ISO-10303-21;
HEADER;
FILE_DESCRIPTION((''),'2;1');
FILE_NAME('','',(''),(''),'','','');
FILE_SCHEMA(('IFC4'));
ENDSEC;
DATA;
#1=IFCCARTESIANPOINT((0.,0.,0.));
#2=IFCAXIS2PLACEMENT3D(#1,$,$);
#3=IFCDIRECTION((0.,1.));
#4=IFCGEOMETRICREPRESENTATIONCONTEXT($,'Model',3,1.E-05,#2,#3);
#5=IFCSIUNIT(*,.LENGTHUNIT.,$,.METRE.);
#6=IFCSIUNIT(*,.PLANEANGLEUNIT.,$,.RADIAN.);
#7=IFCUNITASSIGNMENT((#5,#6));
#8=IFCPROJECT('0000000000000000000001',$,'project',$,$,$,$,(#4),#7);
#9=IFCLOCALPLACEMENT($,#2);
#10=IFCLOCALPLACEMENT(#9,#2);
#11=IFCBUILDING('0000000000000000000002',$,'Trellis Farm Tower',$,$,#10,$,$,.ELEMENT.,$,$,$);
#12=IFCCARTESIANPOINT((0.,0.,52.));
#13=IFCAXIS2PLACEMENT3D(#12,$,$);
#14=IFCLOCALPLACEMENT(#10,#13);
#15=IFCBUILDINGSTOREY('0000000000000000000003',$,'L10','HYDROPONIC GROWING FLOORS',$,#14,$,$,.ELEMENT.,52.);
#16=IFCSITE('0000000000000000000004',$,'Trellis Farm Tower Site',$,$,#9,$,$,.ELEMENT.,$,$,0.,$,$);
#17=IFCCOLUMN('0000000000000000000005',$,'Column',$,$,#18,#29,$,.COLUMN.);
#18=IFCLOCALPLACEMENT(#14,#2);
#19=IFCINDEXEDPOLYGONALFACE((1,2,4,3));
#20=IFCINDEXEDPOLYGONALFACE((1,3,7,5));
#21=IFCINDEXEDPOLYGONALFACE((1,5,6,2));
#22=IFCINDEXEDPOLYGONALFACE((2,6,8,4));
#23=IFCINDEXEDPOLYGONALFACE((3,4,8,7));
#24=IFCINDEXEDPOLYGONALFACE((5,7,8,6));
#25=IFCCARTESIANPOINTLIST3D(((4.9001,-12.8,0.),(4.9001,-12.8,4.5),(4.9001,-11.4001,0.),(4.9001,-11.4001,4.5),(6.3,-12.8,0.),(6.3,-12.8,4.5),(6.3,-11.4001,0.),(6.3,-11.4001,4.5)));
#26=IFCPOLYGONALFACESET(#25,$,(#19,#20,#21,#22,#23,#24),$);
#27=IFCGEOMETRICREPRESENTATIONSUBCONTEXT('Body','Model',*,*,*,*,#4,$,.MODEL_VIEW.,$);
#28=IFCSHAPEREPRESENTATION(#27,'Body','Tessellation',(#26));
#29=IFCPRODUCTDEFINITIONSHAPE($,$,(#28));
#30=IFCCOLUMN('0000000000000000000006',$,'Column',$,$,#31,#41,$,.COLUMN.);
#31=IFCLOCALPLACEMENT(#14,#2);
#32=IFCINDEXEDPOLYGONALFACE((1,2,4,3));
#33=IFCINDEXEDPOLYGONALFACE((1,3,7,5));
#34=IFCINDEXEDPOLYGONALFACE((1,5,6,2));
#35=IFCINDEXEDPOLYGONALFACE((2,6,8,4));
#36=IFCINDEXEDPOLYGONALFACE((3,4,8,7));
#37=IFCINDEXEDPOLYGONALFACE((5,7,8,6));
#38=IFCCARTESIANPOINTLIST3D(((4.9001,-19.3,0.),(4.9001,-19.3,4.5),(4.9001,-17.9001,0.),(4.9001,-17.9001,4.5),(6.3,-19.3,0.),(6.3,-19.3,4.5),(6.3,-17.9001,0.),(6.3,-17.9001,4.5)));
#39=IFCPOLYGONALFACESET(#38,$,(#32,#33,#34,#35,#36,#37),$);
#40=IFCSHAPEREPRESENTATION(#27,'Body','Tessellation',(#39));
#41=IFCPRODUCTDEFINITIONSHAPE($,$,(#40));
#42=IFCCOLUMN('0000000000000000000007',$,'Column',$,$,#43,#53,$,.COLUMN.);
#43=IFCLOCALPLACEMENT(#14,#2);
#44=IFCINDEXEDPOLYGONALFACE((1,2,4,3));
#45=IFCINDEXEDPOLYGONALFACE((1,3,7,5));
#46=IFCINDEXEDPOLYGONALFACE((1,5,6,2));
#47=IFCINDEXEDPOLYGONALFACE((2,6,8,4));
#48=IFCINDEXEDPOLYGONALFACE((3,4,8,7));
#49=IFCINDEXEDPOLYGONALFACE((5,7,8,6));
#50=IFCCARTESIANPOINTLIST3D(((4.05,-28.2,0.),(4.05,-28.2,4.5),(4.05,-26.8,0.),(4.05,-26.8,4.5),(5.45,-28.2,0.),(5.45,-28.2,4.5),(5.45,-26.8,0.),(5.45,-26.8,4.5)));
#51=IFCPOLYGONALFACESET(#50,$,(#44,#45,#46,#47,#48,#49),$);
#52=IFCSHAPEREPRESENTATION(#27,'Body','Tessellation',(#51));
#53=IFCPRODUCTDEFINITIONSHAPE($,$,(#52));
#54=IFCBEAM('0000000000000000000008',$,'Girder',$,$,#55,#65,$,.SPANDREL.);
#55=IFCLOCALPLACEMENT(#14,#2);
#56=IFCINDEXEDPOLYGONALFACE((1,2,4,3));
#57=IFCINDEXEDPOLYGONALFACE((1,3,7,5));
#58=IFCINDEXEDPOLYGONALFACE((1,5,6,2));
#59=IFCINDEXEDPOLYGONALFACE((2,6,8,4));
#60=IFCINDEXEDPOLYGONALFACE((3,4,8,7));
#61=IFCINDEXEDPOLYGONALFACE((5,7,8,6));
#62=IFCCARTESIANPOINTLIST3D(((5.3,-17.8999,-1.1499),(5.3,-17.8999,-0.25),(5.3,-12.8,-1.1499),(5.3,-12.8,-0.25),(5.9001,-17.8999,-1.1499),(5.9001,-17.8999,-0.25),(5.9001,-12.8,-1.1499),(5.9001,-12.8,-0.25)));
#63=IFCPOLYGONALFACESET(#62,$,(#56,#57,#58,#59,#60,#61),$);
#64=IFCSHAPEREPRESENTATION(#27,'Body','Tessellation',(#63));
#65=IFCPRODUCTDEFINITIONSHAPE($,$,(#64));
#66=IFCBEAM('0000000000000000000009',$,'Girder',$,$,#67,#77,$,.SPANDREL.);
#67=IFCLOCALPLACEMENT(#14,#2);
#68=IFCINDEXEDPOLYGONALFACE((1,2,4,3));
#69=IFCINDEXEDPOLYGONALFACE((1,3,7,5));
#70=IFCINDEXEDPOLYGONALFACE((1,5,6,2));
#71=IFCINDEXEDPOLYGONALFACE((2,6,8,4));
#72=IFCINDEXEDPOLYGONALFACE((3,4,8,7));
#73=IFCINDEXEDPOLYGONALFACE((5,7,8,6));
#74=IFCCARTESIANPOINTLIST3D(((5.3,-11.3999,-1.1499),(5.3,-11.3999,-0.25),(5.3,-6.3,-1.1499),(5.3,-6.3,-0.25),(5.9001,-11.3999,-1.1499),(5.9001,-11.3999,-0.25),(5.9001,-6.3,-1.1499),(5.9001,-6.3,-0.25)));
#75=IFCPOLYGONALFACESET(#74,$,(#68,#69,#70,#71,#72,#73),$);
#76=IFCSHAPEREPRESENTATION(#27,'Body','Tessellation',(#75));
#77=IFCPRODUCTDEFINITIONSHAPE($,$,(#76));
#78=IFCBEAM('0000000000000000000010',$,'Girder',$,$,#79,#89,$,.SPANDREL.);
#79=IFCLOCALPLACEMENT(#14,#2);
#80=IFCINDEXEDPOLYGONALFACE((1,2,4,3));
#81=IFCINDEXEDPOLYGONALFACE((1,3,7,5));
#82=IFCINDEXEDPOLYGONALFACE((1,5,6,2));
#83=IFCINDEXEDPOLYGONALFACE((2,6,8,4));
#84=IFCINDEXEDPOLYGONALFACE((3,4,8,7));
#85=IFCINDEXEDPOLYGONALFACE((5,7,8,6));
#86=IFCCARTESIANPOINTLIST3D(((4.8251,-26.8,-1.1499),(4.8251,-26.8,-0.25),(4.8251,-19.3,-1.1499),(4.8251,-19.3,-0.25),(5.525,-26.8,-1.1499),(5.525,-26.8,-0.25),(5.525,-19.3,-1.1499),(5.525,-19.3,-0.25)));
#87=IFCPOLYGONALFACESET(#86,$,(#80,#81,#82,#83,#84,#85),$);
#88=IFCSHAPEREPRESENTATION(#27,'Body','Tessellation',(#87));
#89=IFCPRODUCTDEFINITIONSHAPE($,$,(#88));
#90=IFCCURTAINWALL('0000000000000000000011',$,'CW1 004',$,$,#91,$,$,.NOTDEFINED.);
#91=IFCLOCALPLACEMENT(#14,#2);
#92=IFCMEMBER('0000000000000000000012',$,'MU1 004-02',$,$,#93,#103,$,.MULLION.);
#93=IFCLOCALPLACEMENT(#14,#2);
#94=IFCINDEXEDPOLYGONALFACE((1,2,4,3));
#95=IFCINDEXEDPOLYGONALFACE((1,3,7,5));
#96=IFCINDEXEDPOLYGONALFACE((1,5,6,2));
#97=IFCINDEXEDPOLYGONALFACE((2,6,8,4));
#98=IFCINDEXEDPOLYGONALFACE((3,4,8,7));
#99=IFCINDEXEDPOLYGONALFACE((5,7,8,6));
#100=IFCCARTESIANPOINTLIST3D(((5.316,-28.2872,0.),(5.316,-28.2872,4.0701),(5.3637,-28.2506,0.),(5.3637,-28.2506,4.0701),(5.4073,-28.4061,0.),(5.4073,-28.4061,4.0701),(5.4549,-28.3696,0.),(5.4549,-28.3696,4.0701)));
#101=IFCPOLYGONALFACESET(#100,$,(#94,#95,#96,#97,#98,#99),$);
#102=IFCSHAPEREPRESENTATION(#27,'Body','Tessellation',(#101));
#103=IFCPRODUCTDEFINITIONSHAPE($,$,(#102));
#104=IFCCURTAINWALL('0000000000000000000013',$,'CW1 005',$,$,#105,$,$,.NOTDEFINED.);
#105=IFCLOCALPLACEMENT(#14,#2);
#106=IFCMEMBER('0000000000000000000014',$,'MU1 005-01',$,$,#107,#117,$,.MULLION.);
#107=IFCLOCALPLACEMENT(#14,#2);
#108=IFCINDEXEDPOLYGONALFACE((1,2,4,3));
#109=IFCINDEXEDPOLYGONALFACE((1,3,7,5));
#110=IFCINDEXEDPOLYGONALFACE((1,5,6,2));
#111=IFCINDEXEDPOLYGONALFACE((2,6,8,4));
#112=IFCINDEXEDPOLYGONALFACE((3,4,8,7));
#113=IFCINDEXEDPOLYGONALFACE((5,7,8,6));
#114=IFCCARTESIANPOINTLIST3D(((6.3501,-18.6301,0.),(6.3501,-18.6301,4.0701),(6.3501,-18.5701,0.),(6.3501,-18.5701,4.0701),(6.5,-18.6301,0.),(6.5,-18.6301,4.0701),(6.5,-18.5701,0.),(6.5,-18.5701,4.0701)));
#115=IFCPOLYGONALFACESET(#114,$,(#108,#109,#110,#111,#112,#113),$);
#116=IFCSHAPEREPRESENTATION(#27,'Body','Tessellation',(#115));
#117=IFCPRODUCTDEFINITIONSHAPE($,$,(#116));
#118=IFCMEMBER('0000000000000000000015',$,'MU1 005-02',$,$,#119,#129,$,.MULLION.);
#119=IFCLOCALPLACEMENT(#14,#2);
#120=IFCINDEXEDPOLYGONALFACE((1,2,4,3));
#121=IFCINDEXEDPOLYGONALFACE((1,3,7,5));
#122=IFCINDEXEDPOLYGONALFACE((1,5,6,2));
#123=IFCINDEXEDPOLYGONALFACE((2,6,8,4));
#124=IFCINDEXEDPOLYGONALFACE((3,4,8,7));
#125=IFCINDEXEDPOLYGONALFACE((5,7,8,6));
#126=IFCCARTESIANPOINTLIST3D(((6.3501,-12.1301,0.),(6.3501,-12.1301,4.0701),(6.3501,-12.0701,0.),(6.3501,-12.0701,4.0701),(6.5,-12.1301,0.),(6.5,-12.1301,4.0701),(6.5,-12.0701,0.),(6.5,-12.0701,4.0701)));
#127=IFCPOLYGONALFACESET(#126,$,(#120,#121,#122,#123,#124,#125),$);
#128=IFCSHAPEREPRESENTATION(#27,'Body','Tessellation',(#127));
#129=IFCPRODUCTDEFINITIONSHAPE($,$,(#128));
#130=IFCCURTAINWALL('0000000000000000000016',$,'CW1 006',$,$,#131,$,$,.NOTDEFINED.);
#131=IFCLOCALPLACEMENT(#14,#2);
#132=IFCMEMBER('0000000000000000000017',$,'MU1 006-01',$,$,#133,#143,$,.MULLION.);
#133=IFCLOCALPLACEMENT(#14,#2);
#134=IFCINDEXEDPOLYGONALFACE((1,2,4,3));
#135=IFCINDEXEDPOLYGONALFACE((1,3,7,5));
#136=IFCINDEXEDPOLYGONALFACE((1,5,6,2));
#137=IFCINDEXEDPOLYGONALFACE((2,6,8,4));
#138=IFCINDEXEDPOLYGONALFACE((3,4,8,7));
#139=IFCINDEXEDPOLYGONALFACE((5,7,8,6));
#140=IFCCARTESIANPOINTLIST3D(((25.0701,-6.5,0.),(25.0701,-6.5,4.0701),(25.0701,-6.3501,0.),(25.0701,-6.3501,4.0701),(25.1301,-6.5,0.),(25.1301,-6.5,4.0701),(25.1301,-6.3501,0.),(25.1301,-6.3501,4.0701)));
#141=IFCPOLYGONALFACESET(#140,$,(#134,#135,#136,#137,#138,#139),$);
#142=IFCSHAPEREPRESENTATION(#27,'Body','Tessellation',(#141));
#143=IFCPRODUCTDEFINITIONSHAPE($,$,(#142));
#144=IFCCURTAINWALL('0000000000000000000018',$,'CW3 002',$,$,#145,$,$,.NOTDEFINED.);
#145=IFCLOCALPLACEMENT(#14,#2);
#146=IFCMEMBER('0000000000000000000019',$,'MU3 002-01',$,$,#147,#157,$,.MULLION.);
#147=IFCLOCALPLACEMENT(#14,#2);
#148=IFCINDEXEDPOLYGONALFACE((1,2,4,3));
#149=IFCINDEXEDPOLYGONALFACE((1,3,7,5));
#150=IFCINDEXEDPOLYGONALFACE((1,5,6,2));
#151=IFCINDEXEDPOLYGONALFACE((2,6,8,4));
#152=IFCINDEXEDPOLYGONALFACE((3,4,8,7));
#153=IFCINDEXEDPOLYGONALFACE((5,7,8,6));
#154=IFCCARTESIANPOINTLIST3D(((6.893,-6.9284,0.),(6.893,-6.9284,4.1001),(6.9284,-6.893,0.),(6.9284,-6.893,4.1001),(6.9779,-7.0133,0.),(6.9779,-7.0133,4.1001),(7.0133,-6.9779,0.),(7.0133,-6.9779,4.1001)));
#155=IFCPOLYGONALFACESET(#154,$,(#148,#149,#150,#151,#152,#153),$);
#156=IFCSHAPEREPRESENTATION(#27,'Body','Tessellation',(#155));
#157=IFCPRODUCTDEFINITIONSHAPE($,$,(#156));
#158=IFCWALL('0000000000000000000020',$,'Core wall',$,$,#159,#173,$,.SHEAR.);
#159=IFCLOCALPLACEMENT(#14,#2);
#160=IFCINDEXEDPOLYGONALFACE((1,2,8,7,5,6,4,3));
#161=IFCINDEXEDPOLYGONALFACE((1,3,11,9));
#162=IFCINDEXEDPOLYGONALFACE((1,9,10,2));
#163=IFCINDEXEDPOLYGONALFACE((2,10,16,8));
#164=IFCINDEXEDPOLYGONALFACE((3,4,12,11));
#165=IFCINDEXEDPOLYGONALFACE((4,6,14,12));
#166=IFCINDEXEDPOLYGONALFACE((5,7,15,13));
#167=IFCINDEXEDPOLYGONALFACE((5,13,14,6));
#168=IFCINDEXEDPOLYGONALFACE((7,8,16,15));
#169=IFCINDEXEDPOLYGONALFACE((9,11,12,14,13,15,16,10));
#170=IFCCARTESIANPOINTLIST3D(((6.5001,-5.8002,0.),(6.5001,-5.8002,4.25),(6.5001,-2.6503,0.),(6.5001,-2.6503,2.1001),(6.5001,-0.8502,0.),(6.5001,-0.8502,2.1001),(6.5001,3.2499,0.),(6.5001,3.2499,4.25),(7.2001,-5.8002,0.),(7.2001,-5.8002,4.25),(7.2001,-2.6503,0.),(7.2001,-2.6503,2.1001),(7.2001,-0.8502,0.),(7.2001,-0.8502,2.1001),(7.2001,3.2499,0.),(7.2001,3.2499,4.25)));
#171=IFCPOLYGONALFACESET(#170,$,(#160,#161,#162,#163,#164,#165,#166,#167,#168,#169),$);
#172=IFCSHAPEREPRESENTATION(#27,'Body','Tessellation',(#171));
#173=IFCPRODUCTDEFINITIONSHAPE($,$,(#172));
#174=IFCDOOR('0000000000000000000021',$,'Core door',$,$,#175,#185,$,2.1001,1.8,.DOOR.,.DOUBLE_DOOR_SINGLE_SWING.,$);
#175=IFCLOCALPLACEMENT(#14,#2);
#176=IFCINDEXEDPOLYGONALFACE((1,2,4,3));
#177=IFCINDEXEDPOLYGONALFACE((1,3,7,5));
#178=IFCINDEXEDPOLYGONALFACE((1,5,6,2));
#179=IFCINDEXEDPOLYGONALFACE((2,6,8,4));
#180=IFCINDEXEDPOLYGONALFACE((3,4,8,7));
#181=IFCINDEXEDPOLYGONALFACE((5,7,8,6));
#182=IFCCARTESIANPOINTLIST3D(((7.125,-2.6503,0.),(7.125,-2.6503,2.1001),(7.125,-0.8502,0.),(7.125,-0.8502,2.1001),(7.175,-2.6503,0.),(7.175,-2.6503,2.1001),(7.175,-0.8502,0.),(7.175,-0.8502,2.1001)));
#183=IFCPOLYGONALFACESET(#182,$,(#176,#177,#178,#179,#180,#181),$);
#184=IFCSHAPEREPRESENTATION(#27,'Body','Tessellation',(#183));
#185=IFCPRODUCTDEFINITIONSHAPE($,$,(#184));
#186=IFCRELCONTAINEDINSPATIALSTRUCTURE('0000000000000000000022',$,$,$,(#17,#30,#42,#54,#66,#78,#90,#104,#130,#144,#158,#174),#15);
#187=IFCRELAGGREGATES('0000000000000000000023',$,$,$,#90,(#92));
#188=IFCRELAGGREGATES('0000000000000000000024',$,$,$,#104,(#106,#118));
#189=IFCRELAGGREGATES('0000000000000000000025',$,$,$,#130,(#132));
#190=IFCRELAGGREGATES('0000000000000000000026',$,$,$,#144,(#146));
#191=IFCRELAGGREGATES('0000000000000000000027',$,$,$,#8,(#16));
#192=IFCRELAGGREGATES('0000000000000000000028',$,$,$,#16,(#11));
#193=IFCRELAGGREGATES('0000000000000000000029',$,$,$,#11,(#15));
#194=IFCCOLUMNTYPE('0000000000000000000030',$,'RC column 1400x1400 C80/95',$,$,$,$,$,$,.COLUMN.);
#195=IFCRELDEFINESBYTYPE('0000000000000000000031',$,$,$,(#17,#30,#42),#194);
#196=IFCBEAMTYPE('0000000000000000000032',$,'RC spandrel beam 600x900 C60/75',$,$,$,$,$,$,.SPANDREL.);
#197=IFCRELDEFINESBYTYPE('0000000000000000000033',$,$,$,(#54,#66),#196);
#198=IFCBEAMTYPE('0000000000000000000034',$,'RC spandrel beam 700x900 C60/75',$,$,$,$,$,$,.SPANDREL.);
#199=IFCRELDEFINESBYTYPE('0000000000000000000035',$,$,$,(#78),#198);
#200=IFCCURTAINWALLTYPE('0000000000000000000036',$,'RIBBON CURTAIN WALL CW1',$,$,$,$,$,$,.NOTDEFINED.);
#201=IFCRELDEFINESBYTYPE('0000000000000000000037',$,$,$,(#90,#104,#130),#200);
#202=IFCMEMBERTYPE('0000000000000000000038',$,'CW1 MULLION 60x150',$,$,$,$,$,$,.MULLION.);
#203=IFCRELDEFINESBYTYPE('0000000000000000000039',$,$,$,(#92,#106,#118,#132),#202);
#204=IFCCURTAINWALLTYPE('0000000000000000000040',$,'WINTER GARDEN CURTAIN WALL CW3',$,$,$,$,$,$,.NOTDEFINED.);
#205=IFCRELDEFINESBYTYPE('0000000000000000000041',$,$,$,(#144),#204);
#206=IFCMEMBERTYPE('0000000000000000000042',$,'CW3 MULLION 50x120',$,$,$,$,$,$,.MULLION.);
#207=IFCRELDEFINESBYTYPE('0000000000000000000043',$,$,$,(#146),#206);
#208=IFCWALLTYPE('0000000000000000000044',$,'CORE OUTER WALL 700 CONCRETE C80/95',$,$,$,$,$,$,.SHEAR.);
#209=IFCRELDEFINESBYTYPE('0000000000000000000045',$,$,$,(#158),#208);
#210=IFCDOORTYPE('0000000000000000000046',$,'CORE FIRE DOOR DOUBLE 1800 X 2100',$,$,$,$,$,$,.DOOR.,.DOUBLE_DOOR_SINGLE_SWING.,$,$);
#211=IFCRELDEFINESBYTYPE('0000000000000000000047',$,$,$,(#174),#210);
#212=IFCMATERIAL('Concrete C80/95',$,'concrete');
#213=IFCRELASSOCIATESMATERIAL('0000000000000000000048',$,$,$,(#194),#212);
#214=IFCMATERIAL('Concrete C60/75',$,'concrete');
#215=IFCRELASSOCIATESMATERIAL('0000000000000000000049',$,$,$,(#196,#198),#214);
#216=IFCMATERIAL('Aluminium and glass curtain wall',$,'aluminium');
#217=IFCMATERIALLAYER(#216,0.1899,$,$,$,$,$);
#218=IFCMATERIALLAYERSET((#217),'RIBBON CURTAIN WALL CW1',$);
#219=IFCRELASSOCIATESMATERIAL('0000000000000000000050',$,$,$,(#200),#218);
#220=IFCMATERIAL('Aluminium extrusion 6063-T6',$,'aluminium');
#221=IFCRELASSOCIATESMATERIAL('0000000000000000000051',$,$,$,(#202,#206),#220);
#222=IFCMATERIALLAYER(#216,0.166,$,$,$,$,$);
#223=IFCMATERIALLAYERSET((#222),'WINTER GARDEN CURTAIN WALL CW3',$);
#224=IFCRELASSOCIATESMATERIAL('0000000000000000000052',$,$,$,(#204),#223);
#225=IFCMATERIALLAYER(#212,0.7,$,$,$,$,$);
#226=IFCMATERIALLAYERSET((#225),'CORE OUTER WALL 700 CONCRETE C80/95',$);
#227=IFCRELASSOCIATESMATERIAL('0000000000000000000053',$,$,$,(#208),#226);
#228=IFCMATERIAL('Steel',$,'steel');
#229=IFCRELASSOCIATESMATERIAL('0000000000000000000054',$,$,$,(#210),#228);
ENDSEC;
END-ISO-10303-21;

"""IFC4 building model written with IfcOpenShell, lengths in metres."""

from ifc_helpers import new_model, si_unit, direction, frame, frame_2d, origin, origin_2d, place, context, subcontext, project, spatial, rectangle, extrude, source, transform, mapped, material, layer, layer_set, material_profile, profile_set, type_object, element, fill, aggregate, save


model = new_model("IFC4")

# Units and contexts
model_context = context("Model", 3, precision=1e-05, world=origin(), true_north=direction((0.0, 1.0)))
body_context = subcontext(model_context, "Body", "Model", "MODEL_VIEW")
ifc_project = project(units=[si_unit("LENGTHUNIT", "METRE"), si_unit("PLANEANGLEUNIT", "RADIAN")], contexts=[model_context])

# Site, building, storey
site_placement = place(None, origin())
site = spatial("IfcSite", under=ifc_project, at=site_placement, Name="Trellis Farm Tower Site", CompositionType="ELEMENT", RefElevation=0.0)
building_placement = place(site_placement, origin())
building = spatial("IfcBuilding", under=site, at=building_placement, Name="Trellis Farm Tower", CompositionType="ELEMENT")
storey_placement = place(building_placement, frame((0.0, 0.0, 52.0)))
storey = spatial("IfcBuildingStorey", under=building, at=storey_placement, Name="L10", Description="HYDROPONIC GROWING FLOORS", CompositionType="ELEMENT", Elevation=52.0)

# Columns
ifc_material_1 = material(Name="Concrete C80/95", Category="concrete")
ifc_material_profile_1 = material_profile(ifc_material_1, rectangle(XDim=1.3999, YDim=1.3999, at=origin_2d()), Name="RC column 1400x1400 C80/95")
ifc_profile_set_1 = profile_set([ifc_material_profile_1], Name="Concrete C80/95")
column_type = type_object("IfcColumnType", Name="RC column 1400x1400 C80/95", PredefinedType="COLUMN", material=ifc_profile_set_1)
shared_shape_1 = source(origin(), body_context, "Body", "SweptSolid", [
    extrude(rectangle(XDim=1.3999, YDim=1.3999, at=origin_2d()), origin(), (0.0, 0.0, 1.0), 4.5),
])
for number, where, z_axis, x_axis, name in (
    (1, (5.6001, -12.1001, 0.0), (0.0, 0.0, 1.0), (1.0, 0.0, 0.0), "Column"),
    (2, (5.6001, -18.6001, 0.0), (0.0, 0.0, 1.0), (1.0, 0.0, 0.0), "Column"),
    (3, (4.75, -27.5, 0.0), (0.0, 0.0, 1.0), (1.0, 0.0, 0.0), "Column"),
):
    element("IfcColumn", number, at=place(storey_placement, frame(where, z_axis=z_axis, x_axis=x_axis)), inside=storey, type_object=column_type, Name=name, PredefinedType="COLUMN", context=body_context, shape_type="MappedRepresentation", body=[
        mapped(shared_shape_1, transform((0.0, 0.0, 0.0))),
    ])

# Beams
ifc_material_2 = material(Name="Concrete C60/75", Category="concrete")
ifc_material_profile_2 = material_profile(ifc_material_2, rectangle(XDim=0.6001, YDim=0.8999, at=origin_2d()), Name="RC spandrel beam 600x900 C60/75")
ifc_profile_set_2 = profile_set([ifc_material_profile_2], Name="Concrete C60/75")
beam_type_1 = type_object("IfcBeamType", Name="RC spandrel beam 600x900 C60/75", PredefinedType="SPANDREL", material=ifc_profile_set_2)
shared_shape_2 = source(origin(), body_context, "Body", "SweptSolid", [
    extrude(rectangle(XDim=0.6001, YDim=0.8999, at=origin_2d()), origin(), (0.0, 0.0, 1.0), 5.0999),
])
for number, where, z_axis, x_axis, name in (
    (4, (5.6001, -17.8999, -0.7), (0.0, 1.0, 0.0), (-1.0, 0.0, 0.0), "Girder"),
    (5, (5.6001, -11.3999, -0.7), (0.0, 1.0, 0.0), (-1.0, 0.0, 0.0), "Girder"),
):
    element("IfcBeam", number, at=place(storey_placement, frame(where, z_axis=z_axis, x_axis=x_axis)), inside=storey, type_object=beam_type_1, Name=name, PredefinedType="SPANDREL", context=body_context, shape_type="MappedRepresentation", body=[
        mapped(shared_shape_2, transform((0.0, 0.0, 0.0))),
    ])
ifc_material_profile_3 = material_profile(ifc_material_2, rectangle(XDim=0.7, YDim=0.8999, at=origin_2d()), Name="RC spandrel beam 700x900 C60/75")
ifc_profile_set_3 = profile_set([ifc_material_profile_3], Name="Concrete C60/75")
beam_type_2 = type_object("IfcBeamType", Name="RC spandrel beam 700x900 C60/75", PredefinedType="SPANDREL", material=ifc_profile_set_3)
shared_shape_3 = source(origin(), body_context, "Body", "SweptSolid", [
    extrude(rectangle(XDim=0.7, YDim=0.8999, at=origin_2d()), origin(), (0.0, 0.0, 1.0), 7.5),
])
beam_placement = place(storey_placement, frame((5.175, -26.8, -0.7), z_axis=(0.0, 1.0, 0.0), x_axis=(-1.0, 0.0, 0.0)))
element("IfcBeam", 6, at=beam_placement, inside=storey, type_object=beam_type_2, Name="Girder", PredefinedType="SPANDREL", context=body_context, shape_type="MappedRepresentation", body=[
    mapped(shared_shape_3, transform((0.0, 0.0, 0.0))),
])

# Curtain wall, member
ifc_material_3 = material(Name="Aluminium and glass curtain wall", Category="aluminium")
ifc_layer_1 = layer(ifc_material_3, 0.1899)
ifc_layer_set_1 = layer_set([ifc_layer_1], Name="RIBBON CURTAIN WALL CW1")
curtain_wall_type_1 = type_object("IfcCurtainWallType", Name="RIBBON CURTAIN WALL CW1", PredefinedType="NOTDEFINED", material=ifc_layer_set_1)
placement = place(storey_placement, origin())
curtain_wall_1 = element("IfcCurtainWall", 7, at=placement, inside=storey, type_object=curtain_wall_type_1, Name="CW1 004", PredefinedType="NOTDEFINED")
ifc_material_4 = material(Name="Aluminium extrusion 6063-T6", Category="aluminium")
ifc_material_profile_4 = material_profile(ifc_material_4, rectangle(XDim=0.0601, YDim=0.1499, at=origin_2d()), Name="MULLION 60x150")
ifc_profile_set_4 = profile_set([ifc_material_profile_4], Name="Aluminium extrusion 6063-T6")
member_type_1 = type_object("IfcMemberType", Name="CW1 MULLION 60x150", PredefinedType="MULLION", material=ifc_profile_set_4)
shared_shape_4 = source(origin(), body_context, "Body", "SweptSolid", [
    extrude(rectangle(XDim=0.0601, YDim=0.1499, at=origin_2d()), origin(), (0.0, 0.0, 1.0), 4.0701),
])
member_1_placement = place(storey_placement, frame((5.3855, -28.3284, 0.0), z_axis=(0.0, 0.0, 1.0), x_axis=(0.793353, 0.608761, 0.0)))
member_1 = element("IfcMember", 8, at=member_1_placement, type_object=member_type_1, Name="MU1 004-02", PredefinedType="MULLION", context=body_context, shape_type="MappedRepresentation", body=[
    mapped(shared_shape_4, transform((0.0, 0.0, 0.0))),
])
aggregate(curtain_wall_1, [member_1])

# Curtain wall, members
curtain_wall_2 = element("IfcCurtainWall", 9, at=placement, inside=storey, type_object=curtain_wall_type_1, Name="CW1 005", PredefinedType="NOTDEFINED")
member_2_placement = place(storey_placement, frame((6.425, -18.6001, 0.0), z_axis=(0.0, 0.0, 1.0), x_axis=(0.0, 1.0, 0.0)))
member_2 = element("IfcMember", 10, at=member_2_placement, type_object=member_type_1, Name="MU1 005-01", PredefinedType="MULLION", context=body_context, shape_type="MappedRepresentation", body=[
    mapped(shared_shape_4, transform((0.0, 0.0, 0.0))),
])
member_3_placement = place(storey_placement, frame((6.425, -12.1001, 0.0), z_axis=(0.0, 0.0, 1.0), x_axis=(0.0, 1.0, 0.0)))
member_3 = element("IfcMember", 11, at=member_3_placement, type_object=member_type_1, Name="MU1 005-02", PredefinedType="MULLION", context=body_context, shape_type="MappedRepresentation", body=[
    mapped(shared_shape_4, transform((0.0, 0.0, 0.0))),
])
aggregate(curtain_wall_2, [member_2, member_3])

# Curtain walls, members
curtain_wall_3 = element("IfcCurtainWall", 12, at=placement, inside=storey, type_object=curtain_wall_type_1, Name="CW1 006", PredefinedType="NOTDEFINED")
member_4_placement = place(storey_placement, frame((25.1001, -6.425, 0.0), z_axis=(0.0, 0.0, 1.0), x_axis=(1.0, 0.0, 0.0)))
member_4 = element("IfcMember", 13, at=member_4_placement, type_object=member_type_1, Name="MU1 006-01", PredefinedType="MULLION", context=body_context, shape_type="MappedRepresentation", body=[
    mapped(shared_shape_4, transform((0.0, 0.0, 0.0))),
])
aggregate(curtain_wall_3, [member_4])
ifc_layer_2 = layer(ifc_material_3, 0.166)
ifc_layer_set_2 = layer_set([ifc_layer_2], Name="WINTER GARDEN CURTAIN WALL CW3")
curtain_wall_type_2 = type_object("IfcCurtainWallType", Name="WINTER GARDEN CURTAIN WALL CW3", PredefinedType="NOTDEFINED", material=ifc_layer_set_2)
curtain_wall_4 = element("IfcCurtainWall", 14, at=placement, inside=storey, type_object=curtain_wall_type_2, Name="CW3 002", PredefinedType="NOTDEFINED")
ifc_material_profile_5 = material_profile(ifc_material_4, rectangle(XDim=0.05, YDim=0.1201, at=origin_2d()), Name="MULLION 50x120")
ifc_profile_set_5 = profile_set([ifc_material_profile_5], Name="Aluminium extrusion 6063-T6")
member_type_2 = type_object("IfcMemberType", Name="CW3 MULLION 50x120", PredefinedType="MULLION", material=ifc_profile_set_5)
shared_shape_5 = source(origin(), body_context, "Body", "SweptSolid", [
    extrude(rectangle(XDim=0.05, YDim=0.1201, at=origin_2d()), origin(), (0.0, 0.0, 1.0), 4.1001),
])
member_5_placement = place(storey_placement, frame((6.9531, -6.9531, 0.0), z_axis=(0.0, 0.0, 1.0), x_axis=(0.707107, 0.707107, 0.0)))
member_5 = element("IfcMember", 15, at=member_5_placement, type_object=member_type_2, Name="MU3 002-01", PredefinedType="MULLION", context=body_context, shape_type="MappedRepresentation", body=[
    mapped(shared_shape_5, transform((0.0, 0.0, 0.0))),
])
aggregate(curtain_wall_4, [member_5])

# Wall, opening, door
ifc_layer_3 = layer(ifc_material_1, 0.7)
ifc_layer_set_3 = layer_set([ifc_layer_3], Name="CORE OUTER WALL 700 CONCRETE C80/95")
wall_type_1 = type_object("IfcWallType", Name="CORE OUTER WALL 700 CONCRETE C80/95", PredefinedType="SHEAR", material=ifc_layer_set_3)
shared_shape_6 = source(origin(), body_context, "Body", "SweptSolid", [
    extrude(rectangle(XDim=9.05, YDim=0.7, at=frame_2d((4.5249, 0.0))), origin(), (0.0, 0.0, 1.0), 4.25),
])
wall_1_placement = place(storey_placement, frame((6.8501, -5.8, 0.0), z_axis=(0.0, 0.0, 1.0), x_axis=(0.0, 1.0, 0.0)))
wall_1 = element("IfcWall", 16, at=wall_1_placement, inside=storey, type_object=wall_type_1, Name="Core wall", PredefinedType="SHEAR", context=body_context, shape_type="MappedRepresentation", body=[
    mapped(shared_shape_6, transform((0.0, 0.0, 0.0))),
])
shared_shape_7 = source(origin(), body_context, "Body", "SweptSolid", [
    extrude(rectangle(XDim=1.8, YDim=2.1001, at=frame_2d((0.8999, 1.05))), frame((0.0, 0.3601, 0.0), z_axis=(0.0, -1.0, 0.0), x_axis=(1.0, 0.0, 0.0)), (0.0, 0.0, 1.0), 0.7202),
])
opening_1_placement = place(wall_1_placement, frame((3.1499, 0.0, 0.0)))
opening_1 = element("IfcOpeningElement", 17, at=opening_1_placement, cuts=wall_1, PredefinedType="OPENING", context=body_context, shape_type="MappedRepresentation", body=[
    mapped(shared_shape_7, transform((0.0, 0.0, 0.0))),
])
ifc_material_5 = material(Name="Steel", Category="steel")
door_type_1 = type_object("IfcDoorType", Name="CORE FIRE DOOR DOUBLE 1800 X 2100", OperationType="DOUBLE_DOOR_SINGLE_SWING", PredefinedType="DOOR", material=ifc_material_5)
shared_shape_8 = source(origin(), body_context, "Body", "SweptSolid", [
    extrude(rectangle(XDim=1.8, YDim=2.1001, at=frame_2d((0.8999, 1.05))), frame((0.0, -0.2749, 0.0), z_axis=(0.0, -1.0, 0.0), x_axis=(1.0, 0.0, 0.0)), (0.0, 0.0, 1.0), 0.05),
])
door_1_placement = place(opening_1_placement, origin())
door_1 = element("IfcDoor", 18, at=door_1_placement, inside=storey, type_object=door_type_1, Name="Core door", OperationType="DOUBLE_DOOR_SINGLE_SWING", OverallHeight=2.1001, OverallWidth=1.8, PredefinedType="DOOR", context=body_context, shape_type="MappedRepresentation", body=[
    mapped(shared_shape_8, transform((0.0, 0.0, 0.0))),
])
fill(opening_1, door_1)

save(model, "model.ifc")
